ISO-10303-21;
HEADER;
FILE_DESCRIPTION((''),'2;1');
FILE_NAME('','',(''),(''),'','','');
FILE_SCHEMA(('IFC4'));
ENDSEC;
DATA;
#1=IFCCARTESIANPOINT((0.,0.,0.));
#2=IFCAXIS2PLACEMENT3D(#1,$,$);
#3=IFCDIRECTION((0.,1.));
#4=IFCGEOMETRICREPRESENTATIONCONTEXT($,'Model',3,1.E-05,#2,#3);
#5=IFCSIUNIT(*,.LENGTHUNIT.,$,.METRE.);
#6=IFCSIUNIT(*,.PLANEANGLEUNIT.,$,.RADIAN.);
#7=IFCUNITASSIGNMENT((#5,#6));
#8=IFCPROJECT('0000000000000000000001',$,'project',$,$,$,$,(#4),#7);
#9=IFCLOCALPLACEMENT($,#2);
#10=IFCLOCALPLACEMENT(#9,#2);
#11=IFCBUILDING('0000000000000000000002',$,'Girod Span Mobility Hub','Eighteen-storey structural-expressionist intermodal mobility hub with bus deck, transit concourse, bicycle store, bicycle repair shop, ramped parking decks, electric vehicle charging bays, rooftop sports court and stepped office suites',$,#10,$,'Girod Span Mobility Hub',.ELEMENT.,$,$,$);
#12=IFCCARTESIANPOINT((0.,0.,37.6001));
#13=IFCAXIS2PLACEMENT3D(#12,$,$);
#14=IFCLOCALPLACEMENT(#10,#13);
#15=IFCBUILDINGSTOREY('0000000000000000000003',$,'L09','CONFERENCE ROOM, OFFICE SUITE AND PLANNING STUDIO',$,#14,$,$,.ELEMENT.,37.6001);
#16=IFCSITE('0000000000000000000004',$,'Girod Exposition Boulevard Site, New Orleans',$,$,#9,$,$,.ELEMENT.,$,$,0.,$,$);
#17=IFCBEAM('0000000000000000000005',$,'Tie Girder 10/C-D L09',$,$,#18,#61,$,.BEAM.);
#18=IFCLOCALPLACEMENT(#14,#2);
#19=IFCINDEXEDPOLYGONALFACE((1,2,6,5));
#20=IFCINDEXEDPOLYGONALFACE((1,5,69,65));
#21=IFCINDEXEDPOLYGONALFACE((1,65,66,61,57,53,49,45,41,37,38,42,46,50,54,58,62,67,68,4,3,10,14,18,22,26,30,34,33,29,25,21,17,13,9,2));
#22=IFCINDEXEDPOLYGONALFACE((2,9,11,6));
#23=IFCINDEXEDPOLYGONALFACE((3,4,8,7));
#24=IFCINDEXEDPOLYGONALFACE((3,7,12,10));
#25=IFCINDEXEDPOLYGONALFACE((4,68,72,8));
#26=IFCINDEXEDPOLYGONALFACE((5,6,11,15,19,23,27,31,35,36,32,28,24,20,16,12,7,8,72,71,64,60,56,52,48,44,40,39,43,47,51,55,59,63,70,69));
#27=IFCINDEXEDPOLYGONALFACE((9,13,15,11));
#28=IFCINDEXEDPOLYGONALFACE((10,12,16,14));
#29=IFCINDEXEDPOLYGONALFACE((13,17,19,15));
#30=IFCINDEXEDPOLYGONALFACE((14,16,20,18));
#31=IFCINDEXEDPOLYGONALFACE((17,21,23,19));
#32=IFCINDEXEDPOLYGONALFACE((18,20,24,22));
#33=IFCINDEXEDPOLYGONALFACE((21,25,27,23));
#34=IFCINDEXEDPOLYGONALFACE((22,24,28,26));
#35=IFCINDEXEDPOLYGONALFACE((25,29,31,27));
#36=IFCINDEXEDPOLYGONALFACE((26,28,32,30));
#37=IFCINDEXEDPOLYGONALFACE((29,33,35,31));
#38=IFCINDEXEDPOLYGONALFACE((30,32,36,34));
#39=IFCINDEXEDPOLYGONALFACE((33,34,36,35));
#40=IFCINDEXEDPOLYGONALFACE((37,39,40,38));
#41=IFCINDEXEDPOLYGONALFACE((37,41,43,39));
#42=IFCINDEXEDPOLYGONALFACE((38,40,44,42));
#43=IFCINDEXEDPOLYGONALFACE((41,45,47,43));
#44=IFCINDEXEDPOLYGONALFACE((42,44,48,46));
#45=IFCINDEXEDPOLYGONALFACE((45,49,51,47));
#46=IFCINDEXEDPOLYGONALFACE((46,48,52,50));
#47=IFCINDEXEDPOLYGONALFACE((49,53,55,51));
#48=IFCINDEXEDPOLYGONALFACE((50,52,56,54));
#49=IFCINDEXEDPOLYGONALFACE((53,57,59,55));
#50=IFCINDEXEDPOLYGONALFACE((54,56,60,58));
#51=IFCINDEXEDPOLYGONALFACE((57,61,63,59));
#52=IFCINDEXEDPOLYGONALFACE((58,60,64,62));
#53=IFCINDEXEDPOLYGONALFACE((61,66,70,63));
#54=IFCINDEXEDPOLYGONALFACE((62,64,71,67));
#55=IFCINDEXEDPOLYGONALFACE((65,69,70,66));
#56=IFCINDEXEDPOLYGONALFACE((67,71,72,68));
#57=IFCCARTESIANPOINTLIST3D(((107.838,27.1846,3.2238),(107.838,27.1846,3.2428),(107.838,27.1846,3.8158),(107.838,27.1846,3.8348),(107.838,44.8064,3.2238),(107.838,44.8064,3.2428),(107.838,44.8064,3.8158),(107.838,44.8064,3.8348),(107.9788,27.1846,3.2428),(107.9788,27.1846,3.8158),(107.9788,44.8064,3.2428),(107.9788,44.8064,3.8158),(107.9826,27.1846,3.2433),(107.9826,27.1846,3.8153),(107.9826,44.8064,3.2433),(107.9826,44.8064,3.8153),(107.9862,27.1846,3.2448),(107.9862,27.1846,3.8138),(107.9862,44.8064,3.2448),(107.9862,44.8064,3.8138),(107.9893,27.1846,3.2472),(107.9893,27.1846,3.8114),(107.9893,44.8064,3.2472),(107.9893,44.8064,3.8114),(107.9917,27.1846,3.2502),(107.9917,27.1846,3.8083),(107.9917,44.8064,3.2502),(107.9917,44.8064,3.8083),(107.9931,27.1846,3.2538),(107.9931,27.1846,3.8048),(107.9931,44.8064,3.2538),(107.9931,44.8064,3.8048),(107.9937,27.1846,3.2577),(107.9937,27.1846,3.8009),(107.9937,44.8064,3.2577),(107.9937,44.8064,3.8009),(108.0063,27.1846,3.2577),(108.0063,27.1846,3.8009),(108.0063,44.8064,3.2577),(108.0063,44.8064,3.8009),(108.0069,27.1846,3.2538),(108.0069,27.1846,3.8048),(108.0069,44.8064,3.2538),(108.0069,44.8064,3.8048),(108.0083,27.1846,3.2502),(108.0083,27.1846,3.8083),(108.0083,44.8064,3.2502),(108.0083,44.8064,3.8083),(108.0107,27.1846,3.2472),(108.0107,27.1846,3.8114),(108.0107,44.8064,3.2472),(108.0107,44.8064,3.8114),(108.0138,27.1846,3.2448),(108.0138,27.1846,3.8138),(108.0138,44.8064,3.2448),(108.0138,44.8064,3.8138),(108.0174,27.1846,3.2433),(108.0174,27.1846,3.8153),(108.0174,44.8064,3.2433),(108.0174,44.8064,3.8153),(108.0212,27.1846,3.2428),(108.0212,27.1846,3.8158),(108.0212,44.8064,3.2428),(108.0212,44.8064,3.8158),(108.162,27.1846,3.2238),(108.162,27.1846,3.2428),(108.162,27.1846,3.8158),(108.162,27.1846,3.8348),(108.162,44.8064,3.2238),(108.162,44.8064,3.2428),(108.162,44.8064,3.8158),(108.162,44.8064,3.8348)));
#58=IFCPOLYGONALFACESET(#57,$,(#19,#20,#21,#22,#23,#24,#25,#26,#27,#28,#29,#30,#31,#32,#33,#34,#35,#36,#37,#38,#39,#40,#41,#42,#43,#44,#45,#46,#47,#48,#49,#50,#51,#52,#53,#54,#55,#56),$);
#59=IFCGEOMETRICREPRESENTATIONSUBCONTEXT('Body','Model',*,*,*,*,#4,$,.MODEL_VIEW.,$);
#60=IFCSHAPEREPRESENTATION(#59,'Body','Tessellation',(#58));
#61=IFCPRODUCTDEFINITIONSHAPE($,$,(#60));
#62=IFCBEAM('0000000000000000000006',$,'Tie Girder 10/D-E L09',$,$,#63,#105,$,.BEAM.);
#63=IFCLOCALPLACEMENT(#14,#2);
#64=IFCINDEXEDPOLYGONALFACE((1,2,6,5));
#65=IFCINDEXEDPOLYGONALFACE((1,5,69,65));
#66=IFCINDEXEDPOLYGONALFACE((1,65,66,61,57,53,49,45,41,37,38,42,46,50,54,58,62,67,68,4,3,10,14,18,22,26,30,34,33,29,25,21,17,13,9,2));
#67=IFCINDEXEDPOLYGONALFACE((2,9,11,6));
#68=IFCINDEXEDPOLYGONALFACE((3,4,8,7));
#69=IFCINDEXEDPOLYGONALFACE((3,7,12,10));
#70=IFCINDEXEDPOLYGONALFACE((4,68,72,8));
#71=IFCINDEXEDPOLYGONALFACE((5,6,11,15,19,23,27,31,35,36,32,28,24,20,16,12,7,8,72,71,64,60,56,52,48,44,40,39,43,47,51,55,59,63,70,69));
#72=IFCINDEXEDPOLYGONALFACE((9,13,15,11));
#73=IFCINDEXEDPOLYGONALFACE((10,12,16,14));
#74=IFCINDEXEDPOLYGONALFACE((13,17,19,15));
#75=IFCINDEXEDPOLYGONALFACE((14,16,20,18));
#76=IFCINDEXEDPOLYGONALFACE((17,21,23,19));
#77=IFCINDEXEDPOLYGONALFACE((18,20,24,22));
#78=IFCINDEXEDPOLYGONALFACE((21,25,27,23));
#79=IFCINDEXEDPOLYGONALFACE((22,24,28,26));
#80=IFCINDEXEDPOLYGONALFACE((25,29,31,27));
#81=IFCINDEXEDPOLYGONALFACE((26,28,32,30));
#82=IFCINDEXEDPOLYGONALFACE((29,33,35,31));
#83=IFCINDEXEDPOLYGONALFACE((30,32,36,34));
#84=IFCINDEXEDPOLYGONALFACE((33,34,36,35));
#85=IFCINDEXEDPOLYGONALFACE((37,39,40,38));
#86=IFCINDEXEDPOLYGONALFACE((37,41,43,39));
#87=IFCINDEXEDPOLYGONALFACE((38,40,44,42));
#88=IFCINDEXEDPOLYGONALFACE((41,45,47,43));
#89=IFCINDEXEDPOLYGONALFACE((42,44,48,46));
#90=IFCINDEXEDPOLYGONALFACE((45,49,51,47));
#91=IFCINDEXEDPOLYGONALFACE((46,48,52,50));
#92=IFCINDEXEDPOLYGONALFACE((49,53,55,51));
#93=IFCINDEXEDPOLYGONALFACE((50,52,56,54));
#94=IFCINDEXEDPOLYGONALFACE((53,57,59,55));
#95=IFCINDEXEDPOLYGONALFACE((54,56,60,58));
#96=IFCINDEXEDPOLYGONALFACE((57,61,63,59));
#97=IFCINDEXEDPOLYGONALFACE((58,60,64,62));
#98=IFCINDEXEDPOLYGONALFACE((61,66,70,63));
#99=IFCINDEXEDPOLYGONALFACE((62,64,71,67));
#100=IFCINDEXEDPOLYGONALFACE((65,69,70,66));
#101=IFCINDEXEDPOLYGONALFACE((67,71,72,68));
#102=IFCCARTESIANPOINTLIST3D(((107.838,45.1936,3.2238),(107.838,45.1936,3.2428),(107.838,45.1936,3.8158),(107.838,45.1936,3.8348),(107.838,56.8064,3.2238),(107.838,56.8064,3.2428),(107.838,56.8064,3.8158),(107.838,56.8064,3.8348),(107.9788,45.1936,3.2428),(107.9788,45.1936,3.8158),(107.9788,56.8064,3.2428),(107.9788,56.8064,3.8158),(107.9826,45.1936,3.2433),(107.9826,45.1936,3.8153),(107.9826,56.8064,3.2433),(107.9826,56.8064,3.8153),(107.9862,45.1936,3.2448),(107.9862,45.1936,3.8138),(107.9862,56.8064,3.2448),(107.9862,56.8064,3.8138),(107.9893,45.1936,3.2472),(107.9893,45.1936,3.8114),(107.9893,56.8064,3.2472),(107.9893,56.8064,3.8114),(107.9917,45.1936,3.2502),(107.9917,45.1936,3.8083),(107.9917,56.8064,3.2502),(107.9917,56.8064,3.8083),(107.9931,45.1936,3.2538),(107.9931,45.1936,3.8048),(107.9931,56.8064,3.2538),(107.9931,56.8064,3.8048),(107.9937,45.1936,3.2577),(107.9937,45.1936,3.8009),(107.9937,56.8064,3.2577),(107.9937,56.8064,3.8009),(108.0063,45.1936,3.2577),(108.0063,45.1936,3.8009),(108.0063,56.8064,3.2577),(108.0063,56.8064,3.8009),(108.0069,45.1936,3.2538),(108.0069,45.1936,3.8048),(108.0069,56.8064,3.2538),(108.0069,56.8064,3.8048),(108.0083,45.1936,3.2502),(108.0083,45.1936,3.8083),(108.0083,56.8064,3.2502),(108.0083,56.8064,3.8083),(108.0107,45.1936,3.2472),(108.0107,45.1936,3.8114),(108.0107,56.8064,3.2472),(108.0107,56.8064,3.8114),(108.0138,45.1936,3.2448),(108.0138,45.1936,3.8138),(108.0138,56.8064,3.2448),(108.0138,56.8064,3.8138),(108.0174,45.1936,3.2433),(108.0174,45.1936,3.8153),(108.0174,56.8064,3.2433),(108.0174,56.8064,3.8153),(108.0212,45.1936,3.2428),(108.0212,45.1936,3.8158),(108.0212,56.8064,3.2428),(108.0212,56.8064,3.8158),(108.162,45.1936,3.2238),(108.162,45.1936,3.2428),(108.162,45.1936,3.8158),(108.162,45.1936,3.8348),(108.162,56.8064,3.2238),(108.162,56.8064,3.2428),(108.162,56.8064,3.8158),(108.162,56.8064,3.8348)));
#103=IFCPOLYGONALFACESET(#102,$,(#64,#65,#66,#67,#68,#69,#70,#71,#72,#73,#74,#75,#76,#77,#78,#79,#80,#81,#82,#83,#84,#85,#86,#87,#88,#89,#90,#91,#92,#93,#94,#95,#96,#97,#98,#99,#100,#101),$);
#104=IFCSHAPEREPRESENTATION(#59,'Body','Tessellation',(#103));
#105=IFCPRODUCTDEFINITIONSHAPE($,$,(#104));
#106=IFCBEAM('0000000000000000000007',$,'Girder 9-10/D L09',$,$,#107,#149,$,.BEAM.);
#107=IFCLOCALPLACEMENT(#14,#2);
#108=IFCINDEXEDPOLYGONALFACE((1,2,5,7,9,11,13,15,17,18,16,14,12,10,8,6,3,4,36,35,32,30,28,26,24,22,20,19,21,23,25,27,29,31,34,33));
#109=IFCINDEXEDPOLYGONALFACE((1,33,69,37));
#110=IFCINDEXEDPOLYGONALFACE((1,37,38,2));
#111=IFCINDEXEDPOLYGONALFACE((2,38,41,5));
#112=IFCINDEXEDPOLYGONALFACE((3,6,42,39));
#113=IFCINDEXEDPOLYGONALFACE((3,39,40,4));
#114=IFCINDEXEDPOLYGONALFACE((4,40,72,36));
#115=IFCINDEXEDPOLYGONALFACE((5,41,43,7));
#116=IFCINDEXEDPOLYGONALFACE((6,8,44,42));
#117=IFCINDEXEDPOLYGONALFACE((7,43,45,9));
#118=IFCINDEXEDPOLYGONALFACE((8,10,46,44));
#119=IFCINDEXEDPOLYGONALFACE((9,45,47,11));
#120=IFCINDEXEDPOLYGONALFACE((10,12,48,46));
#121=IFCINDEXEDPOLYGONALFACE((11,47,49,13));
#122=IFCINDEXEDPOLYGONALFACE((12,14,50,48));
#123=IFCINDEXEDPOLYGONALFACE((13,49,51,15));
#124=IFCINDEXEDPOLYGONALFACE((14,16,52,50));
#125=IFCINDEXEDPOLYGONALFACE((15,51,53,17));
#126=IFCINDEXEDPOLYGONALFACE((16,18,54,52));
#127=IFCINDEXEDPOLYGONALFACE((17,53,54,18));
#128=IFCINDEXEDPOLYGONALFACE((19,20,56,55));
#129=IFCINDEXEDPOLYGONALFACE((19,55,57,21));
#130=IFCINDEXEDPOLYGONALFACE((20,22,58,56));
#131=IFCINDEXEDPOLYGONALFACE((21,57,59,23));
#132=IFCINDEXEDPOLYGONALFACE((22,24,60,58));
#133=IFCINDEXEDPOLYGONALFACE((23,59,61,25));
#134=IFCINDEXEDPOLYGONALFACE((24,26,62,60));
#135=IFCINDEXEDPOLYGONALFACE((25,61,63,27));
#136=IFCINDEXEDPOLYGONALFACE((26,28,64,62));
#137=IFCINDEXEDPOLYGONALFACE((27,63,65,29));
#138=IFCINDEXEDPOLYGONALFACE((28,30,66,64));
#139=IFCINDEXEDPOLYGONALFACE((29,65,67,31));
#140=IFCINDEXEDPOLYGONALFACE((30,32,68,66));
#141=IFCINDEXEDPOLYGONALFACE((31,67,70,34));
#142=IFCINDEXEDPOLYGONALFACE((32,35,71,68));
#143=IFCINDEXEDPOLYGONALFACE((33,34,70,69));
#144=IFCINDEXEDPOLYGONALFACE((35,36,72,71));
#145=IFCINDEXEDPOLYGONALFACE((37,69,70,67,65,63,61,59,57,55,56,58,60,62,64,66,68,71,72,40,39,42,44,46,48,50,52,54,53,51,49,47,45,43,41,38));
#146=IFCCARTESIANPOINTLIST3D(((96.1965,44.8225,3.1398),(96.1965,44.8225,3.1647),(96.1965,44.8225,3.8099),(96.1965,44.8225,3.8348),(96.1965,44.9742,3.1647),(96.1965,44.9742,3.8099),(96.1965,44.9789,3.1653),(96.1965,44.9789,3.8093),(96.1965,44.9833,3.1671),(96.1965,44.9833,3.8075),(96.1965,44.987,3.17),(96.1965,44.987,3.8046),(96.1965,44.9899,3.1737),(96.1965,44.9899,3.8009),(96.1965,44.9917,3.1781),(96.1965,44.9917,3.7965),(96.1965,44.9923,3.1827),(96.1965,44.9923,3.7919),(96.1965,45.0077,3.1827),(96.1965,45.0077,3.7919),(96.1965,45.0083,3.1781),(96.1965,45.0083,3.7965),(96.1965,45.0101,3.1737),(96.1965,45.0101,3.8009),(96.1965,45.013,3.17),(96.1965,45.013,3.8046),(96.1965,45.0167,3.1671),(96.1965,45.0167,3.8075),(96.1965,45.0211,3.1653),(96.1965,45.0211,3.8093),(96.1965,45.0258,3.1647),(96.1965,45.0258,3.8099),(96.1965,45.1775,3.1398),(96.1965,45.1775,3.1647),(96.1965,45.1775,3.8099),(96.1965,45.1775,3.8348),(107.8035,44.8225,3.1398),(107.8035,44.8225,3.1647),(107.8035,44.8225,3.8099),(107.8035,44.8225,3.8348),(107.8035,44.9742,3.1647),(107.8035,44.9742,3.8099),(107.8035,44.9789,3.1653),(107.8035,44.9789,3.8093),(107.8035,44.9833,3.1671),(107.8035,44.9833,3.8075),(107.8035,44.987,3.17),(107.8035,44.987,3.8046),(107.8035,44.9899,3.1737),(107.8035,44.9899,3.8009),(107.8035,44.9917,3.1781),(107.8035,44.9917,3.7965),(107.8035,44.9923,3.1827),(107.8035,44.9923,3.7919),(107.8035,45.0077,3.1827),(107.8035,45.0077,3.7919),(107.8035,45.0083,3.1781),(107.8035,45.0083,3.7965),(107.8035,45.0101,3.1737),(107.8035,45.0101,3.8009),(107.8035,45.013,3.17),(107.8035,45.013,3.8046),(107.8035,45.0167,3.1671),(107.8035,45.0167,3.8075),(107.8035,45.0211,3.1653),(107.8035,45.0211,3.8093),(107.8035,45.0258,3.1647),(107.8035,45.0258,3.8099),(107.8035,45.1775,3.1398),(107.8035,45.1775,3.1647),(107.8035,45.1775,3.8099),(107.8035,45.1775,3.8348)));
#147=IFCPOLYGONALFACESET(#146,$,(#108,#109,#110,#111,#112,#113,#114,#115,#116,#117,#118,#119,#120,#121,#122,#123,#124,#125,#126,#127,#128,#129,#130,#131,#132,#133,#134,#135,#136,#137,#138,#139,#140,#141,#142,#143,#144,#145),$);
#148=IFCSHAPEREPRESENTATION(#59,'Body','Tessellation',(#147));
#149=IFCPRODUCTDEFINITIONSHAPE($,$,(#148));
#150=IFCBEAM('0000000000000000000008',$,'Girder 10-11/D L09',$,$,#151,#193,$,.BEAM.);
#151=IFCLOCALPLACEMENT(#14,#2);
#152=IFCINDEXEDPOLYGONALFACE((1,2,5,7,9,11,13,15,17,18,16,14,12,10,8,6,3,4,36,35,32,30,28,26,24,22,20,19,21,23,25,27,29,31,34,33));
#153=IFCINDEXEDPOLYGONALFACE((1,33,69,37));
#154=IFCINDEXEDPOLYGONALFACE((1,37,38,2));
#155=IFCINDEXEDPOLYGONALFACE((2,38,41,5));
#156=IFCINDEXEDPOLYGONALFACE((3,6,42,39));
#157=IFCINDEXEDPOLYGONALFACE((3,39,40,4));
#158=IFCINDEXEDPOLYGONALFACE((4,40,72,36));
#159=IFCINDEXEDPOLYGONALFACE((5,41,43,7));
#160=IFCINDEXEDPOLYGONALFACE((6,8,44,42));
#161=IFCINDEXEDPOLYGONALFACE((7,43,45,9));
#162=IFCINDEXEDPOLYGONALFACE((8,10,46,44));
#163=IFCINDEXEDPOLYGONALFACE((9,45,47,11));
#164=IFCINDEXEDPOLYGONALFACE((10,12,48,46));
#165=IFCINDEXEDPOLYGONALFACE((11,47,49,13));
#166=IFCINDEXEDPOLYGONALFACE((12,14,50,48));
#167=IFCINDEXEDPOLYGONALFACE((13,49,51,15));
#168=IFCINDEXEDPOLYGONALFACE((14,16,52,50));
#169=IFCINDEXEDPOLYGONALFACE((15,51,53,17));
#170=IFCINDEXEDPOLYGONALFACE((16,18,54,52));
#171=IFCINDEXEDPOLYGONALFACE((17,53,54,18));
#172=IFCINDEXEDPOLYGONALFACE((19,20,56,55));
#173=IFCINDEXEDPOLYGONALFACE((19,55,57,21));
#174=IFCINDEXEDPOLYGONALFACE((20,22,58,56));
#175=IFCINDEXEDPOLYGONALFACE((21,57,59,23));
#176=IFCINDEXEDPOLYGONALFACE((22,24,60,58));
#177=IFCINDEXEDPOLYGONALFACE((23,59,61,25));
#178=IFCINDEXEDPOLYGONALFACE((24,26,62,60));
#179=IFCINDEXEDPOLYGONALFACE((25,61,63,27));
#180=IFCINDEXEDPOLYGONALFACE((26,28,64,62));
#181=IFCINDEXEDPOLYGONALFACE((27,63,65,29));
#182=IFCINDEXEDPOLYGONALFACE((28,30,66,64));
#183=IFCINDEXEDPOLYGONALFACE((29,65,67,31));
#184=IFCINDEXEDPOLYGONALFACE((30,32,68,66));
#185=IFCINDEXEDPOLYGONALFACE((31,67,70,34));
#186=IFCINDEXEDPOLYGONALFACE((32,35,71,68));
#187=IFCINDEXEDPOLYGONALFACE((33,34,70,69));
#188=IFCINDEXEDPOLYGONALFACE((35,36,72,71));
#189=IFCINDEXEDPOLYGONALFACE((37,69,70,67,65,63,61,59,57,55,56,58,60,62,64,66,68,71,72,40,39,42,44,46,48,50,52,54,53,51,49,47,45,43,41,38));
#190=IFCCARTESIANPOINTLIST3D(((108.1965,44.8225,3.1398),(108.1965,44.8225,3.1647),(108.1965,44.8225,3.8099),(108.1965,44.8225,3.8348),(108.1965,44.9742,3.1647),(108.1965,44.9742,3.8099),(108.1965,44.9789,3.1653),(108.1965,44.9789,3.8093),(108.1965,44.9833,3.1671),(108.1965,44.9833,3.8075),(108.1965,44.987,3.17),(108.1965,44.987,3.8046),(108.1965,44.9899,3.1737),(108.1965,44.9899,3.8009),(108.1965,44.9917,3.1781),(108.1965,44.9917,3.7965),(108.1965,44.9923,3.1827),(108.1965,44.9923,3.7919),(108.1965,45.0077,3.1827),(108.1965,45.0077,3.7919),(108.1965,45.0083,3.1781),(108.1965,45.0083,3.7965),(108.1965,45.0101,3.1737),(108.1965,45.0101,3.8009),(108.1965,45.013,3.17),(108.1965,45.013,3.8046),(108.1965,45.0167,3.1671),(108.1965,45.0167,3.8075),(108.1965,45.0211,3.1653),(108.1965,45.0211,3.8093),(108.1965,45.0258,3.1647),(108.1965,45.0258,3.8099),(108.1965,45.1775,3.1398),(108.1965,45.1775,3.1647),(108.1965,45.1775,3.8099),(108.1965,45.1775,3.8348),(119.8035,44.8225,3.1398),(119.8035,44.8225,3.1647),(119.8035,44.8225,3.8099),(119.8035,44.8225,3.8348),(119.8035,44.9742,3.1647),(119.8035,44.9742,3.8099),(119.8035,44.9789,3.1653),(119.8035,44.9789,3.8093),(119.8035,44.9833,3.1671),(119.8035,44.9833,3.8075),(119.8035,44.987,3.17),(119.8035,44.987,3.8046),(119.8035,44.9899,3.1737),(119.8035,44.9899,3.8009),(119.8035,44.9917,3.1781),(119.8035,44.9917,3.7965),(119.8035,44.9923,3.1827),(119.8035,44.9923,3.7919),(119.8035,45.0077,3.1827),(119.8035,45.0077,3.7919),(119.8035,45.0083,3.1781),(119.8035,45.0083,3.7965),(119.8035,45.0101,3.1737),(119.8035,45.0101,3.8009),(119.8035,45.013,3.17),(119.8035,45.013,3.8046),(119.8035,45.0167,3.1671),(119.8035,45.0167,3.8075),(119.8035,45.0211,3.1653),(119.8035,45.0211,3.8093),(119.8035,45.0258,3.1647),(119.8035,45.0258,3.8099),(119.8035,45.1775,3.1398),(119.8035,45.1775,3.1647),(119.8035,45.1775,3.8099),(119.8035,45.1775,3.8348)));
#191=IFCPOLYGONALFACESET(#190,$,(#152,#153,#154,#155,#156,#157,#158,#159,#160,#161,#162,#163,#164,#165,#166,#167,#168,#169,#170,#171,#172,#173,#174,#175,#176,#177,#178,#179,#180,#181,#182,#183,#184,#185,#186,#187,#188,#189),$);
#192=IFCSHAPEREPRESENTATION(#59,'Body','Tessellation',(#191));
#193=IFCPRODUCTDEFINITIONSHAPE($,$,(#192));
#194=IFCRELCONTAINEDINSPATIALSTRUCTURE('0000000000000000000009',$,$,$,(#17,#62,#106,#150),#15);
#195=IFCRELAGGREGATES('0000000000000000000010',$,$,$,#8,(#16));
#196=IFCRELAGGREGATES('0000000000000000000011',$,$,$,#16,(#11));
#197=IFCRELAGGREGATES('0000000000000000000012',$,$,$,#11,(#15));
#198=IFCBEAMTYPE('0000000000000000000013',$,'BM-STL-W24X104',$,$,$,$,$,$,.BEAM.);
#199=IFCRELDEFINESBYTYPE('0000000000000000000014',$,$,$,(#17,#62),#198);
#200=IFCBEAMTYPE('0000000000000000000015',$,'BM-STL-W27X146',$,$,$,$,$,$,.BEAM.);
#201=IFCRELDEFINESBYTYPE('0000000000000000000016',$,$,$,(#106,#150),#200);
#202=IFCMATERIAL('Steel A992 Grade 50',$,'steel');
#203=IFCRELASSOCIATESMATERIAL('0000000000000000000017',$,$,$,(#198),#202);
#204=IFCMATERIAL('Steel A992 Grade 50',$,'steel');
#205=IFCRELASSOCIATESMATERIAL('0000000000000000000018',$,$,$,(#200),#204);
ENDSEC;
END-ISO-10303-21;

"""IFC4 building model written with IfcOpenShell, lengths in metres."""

from ifc_helpers import new_model, si_unit, direction, frame, origin, origin_2d, place, context, subcontext, project, spatial, i_section, extrude, material, material_profile, profile_set, type_object, element, save


model = new_model("IFC4")

# Units and contexts
model_context = context("Model", 3, precision=1e-05, world=origin(), true_north=direction((0.0, 1.0)))
body_context = subcontext(model_context, "Body", "Model", "MODEL_VIEW")
ifc_project = project(units=[si_unit("LENGTHUNIT", "METRE"), si_unit("PLANEANGLEUNIT", "RADIAN")], contexts=[model_context])

# Site, building, storey
site_placement = place(None, origin())
site = spatial("IfcSite", under=ifc_project, at=site_placement, Name="Girod Exposition Boulevard Site, New Orleans", CompositionType="ELEMENT", RefElevation=0.0)
building_placement = place(site_placement, origin())
building = spatial("IfcBuilding", under=site, at=building_placement, Name="Girod Span Mobility Hub", Description="Eighteen-storey structural-expressionist intermodal mobility hub with bus deck, transit concourse, bicycle store, bicycle repair shop, ramped parking decks, electric vehicle charging bays, rooftop sports court and stepped office suites", LongName="Girod Span Mobility Hub", CompositionType="ELEMENT")
storey_placement = place(building_placement, frame((0.0, 0.0, 37.6001)))
storey = spatial("IfcBuildingStorey", under=building, at=storey_placement, Name="L09", Description="CONFERENCE ROOM, OFFICE SUITE AND PLANNING STUDIO", CompositionType="ELEMENT", Elevation=37.6001)

# Beams
ifc_material_1 = material(Name="Steel A992 Grade 50", Category="steel")
ifc_material_profile_1 = material_profile(ifc_material_1, i_section(OverallWidth=0.324, OverallDepth=0.6111, WebThickness=0.0127, FlangeThickness=0.019, FilletRadius=0.0149, at=origin_2d()), Name="W24X104")
ifc_profile_set_1 = profile_set([ifc_material_profile_1], Name="Steel A992 Grade 50")
beam_type_1 = type_object("IfcBeamType", Name="BM-STL-W24X104", PredefinedType="BEAM", material=ifc_profile_set_1)
beam_1_placement = place(storey_placement, frame((108.0, 27.1846, 3.5293), z_axis=(0.0, 1.0, 0.0), x_axis=(-1.0, 0.0, 0.0)))
element("IfcBeam", 1, at=beam_1_placement, inside=storey, type_object=beam_type_1, Name="Tie Girder 10/C-D L09", PredefinedType="BEAM", context=body_context, shape_type="SweptSolid", body=[
    extrude(i_section(OverallWidth=0.324, OverallDepth=0.6111, WebThickness=0.0127, FlangeThickness=0.019, FilletRadius=0.0149, at=origin_2d()), origin(), (0.0, 0.0, 1.0), 17.6218),
])
beam_2_placement = place(storey_placement, frame((108.0, 45.1936, 3.5293), z_axis=(0.0, 1.0, 0.0), x_axis=(-1.0, 0.0, 0.0)))
element("IfcBeam", 2, at=beam_2_placement, inside=storey, type_object=beam_type_1, Name="Tie Girder 10/D-E L09", PredefinedType="BEAM", context=body_context, shape_type="SweptSolid", body=[
    extrude(i_section(OverallWidth=0.324, OverallDepth=0.6111, WebThickness=0.0127, FlangeThickness=0.019, FilletRadius=0.0149, at=origin_2d()), origin(), (0.0, 0.0, 1.0), 11.6128),
])
ifc_material_2 = material(Name="Steel A992 Grade 50", Category="steel")
ifc_material_profile_2 = material_profile(ifc_material_2, i_section(OverallWidth=0.355, OverallDepth=0.6951, WebThickness=0.0154, FlangeThickness=0.0249, FilletRadius=0.0181, at=origin_2d()), Name="W27X146")
ifc_profile_set_2 = profile_set([ifc_material_profile_2], Name="Steel A992 Grade 50")
beam_type_2 = type_object("IfcBeamType", Name="BM-STL-W27X146", PredefinedType="BEAM", material=ifc_profile_set_2)
for number, where, z_axis, x_axis, name in (
    (3, (96.1965, 45.0, 3.4873), (1.0, 0.0, 0.0), (0.0, 1.0, 0.0), "Girder 9-10/D L09"),
    (4, (108.1965, 45.0, 3.4873), (1.0, 0.0, 0.0), (0.0, 1.0, 0.0), "Girder 10-11/D L09"),
):
    element("IfcBeam", number, at=place(storey_placement, frame(where, z_axis=z_axis, x_axis=x_axis)), inside=storey, type_object=beam_type_2, Name=name, PredefinedType="BEAM", context=body_context, shape_type="SweptSolid", body=[
        extrude(i_section(OverallWidth=0.355, OverallDepth=0.6951, WebThickness=0.0154, FlangeThickness=0.0249, FilletRadius=0.0181, at=origin_2d()), origin(), (0.0, 0.0, 1.0), 11.6069),
    ])

save(model, "model.ifc")
